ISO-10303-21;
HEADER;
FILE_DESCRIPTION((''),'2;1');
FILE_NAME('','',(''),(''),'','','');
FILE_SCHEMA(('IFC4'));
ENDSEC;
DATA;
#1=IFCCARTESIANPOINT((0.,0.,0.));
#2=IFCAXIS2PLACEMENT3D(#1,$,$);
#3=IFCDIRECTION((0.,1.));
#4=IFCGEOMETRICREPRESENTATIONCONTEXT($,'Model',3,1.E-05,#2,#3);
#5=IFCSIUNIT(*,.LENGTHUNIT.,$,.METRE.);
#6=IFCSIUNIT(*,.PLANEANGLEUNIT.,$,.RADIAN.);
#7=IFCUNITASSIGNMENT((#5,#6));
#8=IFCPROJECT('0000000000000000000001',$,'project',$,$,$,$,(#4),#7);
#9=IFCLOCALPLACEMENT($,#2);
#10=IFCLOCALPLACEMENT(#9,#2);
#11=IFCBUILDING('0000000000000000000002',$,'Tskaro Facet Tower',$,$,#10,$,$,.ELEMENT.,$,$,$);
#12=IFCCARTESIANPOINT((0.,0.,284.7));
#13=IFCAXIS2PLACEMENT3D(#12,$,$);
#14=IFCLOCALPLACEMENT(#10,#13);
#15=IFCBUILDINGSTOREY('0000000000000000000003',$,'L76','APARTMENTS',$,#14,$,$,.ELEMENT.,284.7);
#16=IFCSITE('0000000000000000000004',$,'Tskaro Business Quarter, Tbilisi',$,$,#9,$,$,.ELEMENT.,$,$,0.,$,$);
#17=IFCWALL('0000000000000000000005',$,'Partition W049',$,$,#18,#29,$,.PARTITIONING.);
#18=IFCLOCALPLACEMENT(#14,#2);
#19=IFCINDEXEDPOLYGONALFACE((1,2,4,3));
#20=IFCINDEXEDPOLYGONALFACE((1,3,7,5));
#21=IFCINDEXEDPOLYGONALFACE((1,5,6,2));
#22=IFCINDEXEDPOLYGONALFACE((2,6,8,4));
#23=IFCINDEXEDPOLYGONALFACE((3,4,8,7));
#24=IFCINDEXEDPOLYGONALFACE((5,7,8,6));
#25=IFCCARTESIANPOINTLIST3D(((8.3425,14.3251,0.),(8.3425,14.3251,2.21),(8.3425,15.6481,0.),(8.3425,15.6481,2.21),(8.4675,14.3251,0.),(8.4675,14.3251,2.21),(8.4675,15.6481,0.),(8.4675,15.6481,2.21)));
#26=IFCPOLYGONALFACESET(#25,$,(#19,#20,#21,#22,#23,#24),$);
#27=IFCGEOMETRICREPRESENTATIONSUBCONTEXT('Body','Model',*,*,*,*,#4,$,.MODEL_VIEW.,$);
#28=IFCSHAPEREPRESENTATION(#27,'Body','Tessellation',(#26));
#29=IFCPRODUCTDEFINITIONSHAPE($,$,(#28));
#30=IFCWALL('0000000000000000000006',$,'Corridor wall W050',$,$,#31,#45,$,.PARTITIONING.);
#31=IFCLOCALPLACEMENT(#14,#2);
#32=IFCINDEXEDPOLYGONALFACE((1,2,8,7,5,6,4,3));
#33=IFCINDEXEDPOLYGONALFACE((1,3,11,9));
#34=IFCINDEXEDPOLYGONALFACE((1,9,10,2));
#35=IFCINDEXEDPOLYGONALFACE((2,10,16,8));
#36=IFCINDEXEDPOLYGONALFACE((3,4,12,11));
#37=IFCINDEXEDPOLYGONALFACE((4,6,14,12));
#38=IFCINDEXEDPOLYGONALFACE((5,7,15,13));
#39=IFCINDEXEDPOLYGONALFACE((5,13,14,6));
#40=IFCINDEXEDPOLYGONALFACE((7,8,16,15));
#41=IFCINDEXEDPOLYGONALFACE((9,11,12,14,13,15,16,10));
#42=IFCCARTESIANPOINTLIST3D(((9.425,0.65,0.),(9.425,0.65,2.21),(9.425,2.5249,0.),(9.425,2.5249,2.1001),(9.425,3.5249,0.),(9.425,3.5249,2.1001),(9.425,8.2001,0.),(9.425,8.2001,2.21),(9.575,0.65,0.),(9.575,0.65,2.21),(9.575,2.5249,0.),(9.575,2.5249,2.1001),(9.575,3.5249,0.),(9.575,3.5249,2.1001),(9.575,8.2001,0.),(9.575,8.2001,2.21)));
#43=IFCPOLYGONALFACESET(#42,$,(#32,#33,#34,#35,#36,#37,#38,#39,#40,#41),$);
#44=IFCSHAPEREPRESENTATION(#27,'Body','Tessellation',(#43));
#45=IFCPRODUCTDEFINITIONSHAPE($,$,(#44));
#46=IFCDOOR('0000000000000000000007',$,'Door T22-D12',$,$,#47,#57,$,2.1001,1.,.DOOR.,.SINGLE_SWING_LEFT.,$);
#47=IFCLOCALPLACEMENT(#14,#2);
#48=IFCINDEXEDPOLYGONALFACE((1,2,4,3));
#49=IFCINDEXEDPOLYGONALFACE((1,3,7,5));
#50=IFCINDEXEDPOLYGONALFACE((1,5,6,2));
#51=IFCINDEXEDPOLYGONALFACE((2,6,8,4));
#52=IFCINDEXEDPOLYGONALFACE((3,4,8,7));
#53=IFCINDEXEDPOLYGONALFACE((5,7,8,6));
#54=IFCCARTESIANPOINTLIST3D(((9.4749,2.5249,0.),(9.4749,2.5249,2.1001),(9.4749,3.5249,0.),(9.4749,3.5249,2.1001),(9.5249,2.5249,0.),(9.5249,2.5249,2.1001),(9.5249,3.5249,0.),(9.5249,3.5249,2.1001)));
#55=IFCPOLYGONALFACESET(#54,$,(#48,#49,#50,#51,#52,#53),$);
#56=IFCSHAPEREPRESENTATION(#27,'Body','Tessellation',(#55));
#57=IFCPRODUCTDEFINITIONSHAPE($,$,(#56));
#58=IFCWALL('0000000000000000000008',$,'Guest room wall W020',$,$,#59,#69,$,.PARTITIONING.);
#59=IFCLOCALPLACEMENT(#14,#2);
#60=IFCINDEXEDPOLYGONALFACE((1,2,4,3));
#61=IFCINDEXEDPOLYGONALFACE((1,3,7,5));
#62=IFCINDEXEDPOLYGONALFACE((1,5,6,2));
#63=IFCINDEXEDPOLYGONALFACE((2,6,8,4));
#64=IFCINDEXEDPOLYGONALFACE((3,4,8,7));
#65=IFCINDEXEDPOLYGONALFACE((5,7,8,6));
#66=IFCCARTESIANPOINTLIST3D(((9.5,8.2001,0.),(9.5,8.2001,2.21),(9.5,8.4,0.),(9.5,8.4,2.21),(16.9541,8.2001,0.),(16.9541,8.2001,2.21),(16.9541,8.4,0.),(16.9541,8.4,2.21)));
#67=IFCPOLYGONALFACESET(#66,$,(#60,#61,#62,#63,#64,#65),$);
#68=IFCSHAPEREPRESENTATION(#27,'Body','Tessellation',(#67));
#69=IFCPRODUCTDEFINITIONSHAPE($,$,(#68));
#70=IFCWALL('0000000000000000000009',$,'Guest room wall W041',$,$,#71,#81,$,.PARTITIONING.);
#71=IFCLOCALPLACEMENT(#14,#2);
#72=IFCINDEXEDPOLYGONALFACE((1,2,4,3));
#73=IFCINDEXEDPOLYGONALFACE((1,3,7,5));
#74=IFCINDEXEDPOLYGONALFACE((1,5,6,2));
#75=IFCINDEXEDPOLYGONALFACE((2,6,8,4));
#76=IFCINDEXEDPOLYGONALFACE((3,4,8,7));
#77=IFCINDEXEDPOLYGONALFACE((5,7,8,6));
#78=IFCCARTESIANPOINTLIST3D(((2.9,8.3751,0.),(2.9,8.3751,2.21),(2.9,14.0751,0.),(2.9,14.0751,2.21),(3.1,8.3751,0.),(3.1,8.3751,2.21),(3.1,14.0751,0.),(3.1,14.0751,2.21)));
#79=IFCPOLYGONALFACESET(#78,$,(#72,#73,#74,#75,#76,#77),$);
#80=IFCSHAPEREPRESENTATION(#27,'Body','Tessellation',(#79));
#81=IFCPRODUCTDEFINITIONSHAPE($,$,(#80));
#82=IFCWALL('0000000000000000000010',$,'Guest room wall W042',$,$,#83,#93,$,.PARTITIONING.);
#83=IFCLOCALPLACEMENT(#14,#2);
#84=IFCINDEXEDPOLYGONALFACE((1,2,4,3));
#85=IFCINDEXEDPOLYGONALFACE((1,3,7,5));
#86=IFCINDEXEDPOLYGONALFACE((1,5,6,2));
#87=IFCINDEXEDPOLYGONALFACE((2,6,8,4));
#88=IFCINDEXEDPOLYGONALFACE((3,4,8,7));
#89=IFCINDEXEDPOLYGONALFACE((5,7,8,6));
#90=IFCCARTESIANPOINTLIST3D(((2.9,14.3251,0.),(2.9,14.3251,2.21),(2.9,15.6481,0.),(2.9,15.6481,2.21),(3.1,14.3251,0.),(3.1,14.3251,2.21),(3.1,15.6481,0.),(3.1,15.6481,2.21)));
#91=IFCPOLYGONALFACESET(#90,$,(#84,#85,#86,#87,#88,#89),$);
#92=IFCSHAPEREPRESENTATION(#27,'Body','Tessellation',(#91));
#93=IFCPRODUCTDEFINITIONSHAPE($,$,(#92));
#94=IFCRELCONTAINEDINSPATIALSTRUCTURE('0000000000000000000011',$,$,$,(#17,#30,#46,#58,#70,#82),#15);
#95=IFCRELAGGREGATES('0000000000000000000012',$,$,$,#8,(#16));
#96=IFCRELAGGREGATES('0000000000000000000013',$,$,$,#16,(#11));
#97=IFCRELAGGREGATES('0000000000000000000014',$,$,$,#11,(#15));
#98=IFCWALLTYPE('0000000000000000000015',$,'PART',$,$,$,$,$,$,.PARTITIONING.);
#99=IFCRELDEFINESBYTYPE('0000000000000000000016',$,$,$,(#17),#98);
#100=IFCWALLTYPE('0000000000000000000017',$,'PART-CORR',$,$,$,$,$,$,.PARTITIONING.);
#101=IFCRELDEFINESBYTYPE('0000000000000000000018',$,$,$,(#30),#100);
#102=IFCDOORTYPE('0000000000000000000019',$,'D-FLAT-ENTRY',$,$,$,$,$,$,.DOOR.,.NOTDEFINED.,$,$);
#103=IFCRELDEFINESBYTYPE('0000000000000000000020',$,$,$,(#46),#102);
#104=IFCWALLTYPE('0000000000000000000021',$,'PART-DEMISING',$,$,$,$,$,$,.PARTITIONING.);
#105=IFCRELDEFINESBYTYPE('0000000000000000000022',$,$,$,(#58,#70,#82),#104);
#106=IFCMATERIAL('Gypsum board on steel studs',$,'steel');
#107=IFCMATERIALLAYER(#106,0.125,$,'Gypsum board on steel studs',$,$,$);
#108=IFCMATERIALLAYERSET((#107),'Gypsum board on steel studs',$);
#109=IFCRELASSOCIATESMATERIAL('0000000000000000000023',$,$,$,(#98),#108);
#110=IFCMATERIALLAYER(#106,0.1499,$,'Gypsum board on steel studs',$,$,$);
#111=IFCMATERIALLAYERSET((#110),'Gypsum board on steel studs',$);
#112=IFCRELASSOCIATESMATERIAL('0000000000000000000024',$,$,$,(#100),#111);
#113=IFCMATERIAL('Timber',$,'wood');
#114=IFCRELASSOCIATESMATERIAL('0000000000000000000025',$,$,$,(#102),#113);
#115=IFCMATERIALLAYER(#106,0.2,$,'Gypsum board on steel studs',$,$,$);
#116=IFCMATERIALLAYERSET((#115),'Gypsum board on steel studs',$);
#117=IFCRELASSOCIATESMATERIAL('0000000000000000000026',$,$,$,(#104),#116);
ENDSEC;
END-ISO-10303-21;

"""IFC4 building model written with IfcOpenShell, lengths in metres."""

from ifc_helpers import new_model, si_unit, direction, frame, frame_2d, origin, place, context, subcontext, project, spatial, rectangle, extrude, material, layer, layer_set, type_object, element, fill, save


model = new_model("IFC4")

# Units and contexts
model_context = context("Model", 3, precision=1e-05, world=origin(), true_north=direction((0.0, 1.0)))
body_context = subcontext(model_context, "Body", "Model", "MODEL_VIEW")
ifc_project = project(units=[si_unit("LENGTHUNIT", "METRE"), si_unit("PLANEANGLEUNIT", "RADIAN")], contexts=[model_context])

# Site, building, storey
site_placement = place(None, origin())
site = spatial("IfcSite", under=ifc_project, at=site_placement, Name="Tskaro Business Quarter, Tbilisi", CompositionType="ELEMENT", RefElevation=0.0)
building_placement = place(site_placement, origin())
building = spatial("IfcBuilding", under=site, at=building_placement, Name="Tskaro Facet Tower", CompositionType="ELEMENT")
storey_placement = place(building_placement, frame((0.0, 0.0, 284.7)))
storey = spatial("IfcBuildingStorey", under=building, at=storey_placement, Name="L76", Description="APARTMENTS", CompositionType="ELEMENT", Elevation=284.7)

# Shared definitions
ifc_material_1 = material(Name="Gypsum board on steel studs", Category="steel")
ifc_layer_1 = layer(ifc_material_1, 0.125, Name="Gypsum board on steel studs")
ifc_layer_set_1 = layer_set([ifc_layer_1], Name="Gypsum board on steel studs")
wall_type_1 = type_object("IfcWallType", Name="PART", PredefinedType="PARTITIONING", material=ifc_layer_set_1)
ifc_material_2 = material(Name="Timber", Category="wood")

# Wall
wall_1_placement = place(storey_placement, frame((8.405, 14.325, 0.0), z_axis=(0.0, 0.0, 1.0), x_axis=(0.0, 1.0, 0.0)))
element("IfcWall", 1, at=wall_1_placement, inside=storey, type_object=wall_type_1, Name="Partition W049", PredefinedType="PARTITIONING", context=body_context, shape_type="SweptSolid", body=[
    extrude(rectangle(XDim=1.323, YDim=0.125, at=frame_2d((0.6616, 0.0))), origin(), (0.0, 0.0, 1.0), 2.21),
])

# Wall, opening, door
ifc_layer_2 = layer(ifc_material_1, 0.1499, Name="Gypsum board on steel studs")
ifc_layer_set_2 = layer_set([ifc_layer_2], Name="Gypsum board on steel studs")
wall_type_2 = type_object("IfcWallType", Name="PART-CORR", PredefinedType="PARTITIONING", material=ifc_layer_set_2)
wall_2_placement = place(storey_placement, frame((9.5, 8.2, 0.0), z_axis=(0.0, 0.0, 1.0), x_axis=(0.0, -1.0, 0.0)))
wall_2 = element("IfcWall", 2, at=wall_2_placement, inside=storey, type_object=wall_type_2, Name="Corridor wall W050", PredefinedType="PARTITIONING", context=body_context, shape_type="SweptSolid", body=[
    extrude(rectangle(XDim=7.55, YDim=0.1499, at=frame_2d((3.7749, 0.0))), origin(), (0.0, 0.0, 1.0), 2.21),
])
opening_1_placement = place(wall_2_placement, frame((4.675, 0.0, 0.0)))
opening_1 = element("IfcOpeningElement", 3, at=opening_1_placement, cuts=wall_2, PredefinedType="OPENING", context=body_context, shape_type="SweptSolid", body=[
    extrude(rectangle(XDim=1.0, YDim=2.1001, at=frame_2d((0.5, 1.05))), frame((0.0, 0.085, 0.0), z_axis=(0.0, -1.0, 0.0), x_axis=(1.0, 0.0, 0.0)), (0.0, 0.0, 1.0), 0.1699),
])
door_type_1 = type_object("IfcDoorType", Name="D-FLAT-ENTRY", OperationType="NOTDEFINED", PredefinedType="DOOR", material=ifc_material_2)
door_1_placement = place(opening_1_placement, origin())
door_1 = element("IfcDoor", 4, at=door_1_placement, inside=storey, type_object=door_type_1, Name="Door T22-D12", OperationType="SINGLE_SWING_LEFT", OverallHeight=2.1001, OverallWidth=1.0, PredefinedType="DOOR", context=body_context, shape_type="SweptSolid", body=[
    extrude(rectangle(XDim=1.0, YDim=2.1001, at=frame_2d((0.5, 1.05))), frame((0.0, 0.0249, 0.0), z_axis=(0.0, -1.0, 0.0), x_axis=(1.0, 0.0, 0.0)), (0.0, 0.0, 1.0), 0.05),
])
fill(opening_1, door_1)

# Walls
ifc_layer_3 = layer(ifc_material_1, 0.2, Name="Gypsum board on steel studs")
ifc_layer_set_3 = layer_set([ifc_layer_3], Name="Gypsum board on steel studs")
wall_type_3 = type_object("IfcWallType", Name="PART-DEMISING", PredefinedType="PARTITIONING", material=ifc_layer_set_3)
wall_3_placement = place(storey_placement, frame((9.5, 8.3, 0.0), z_axis=(0.0, 0.0, 1.0), x_axis=(1.0, 0.0, 0.0)))
element("IfcWall", 5, at=wall_3_placement, inside=storey, type_object=wall_type_3, Name="Guest room wall W020", PredefinedType="PARTITIONING", context=body_context, shape_type="SweptSolid", body=[
    extrude(rectangle(XDim=7.4541, YDim=0.2, at=frame_2d((3.7271, 0.0))), origin(), (0.0, 0.0, 1.0), 2.21),
])
wall_4_placement = place(storey_placement, frame((3.0, 8.375, 0.0), z_axis=(0.0, 0.0, 1.0), x_axis=(0.0, 1.0, 0.0)))
element("IfcWall", 6, at=wall_4_placement, inside=storey, type_object=wall_type_3, Name="Guest room wall W041", PredefinedType="PARTITIONING", context=body_context, shape_type="SweptSolid", body=[
    extrude(rectangle(XDim=5.7, YDim=0.2, at=frame_2d((2.8501, 0.0))), origin(), (0.0, 0.0, 1.0), 2.21),
])
wall_5_placement = place(storey_placement, frame((3.0, 14.325, 0.0), z_axis=(0.0, 0.0, 1.0), x_axis=(0.0, 1.0, 0.0)))
element("IfcWall", 7, at=wall_5_placement, inside=storey, type_object=wall_type_3, Name="Guest room wall W042", PredefinedType="PARTITIONING", context=body_context, shape_type="SweptSolid", body=[
    extrude(rectangle(XDim=1.323, YDim=0.2, at=frame_2d((0.6616, 0.0))), origin(), (0.0, 0.0, 1.0), 2.21),
])

save(model, "model.ifc")
